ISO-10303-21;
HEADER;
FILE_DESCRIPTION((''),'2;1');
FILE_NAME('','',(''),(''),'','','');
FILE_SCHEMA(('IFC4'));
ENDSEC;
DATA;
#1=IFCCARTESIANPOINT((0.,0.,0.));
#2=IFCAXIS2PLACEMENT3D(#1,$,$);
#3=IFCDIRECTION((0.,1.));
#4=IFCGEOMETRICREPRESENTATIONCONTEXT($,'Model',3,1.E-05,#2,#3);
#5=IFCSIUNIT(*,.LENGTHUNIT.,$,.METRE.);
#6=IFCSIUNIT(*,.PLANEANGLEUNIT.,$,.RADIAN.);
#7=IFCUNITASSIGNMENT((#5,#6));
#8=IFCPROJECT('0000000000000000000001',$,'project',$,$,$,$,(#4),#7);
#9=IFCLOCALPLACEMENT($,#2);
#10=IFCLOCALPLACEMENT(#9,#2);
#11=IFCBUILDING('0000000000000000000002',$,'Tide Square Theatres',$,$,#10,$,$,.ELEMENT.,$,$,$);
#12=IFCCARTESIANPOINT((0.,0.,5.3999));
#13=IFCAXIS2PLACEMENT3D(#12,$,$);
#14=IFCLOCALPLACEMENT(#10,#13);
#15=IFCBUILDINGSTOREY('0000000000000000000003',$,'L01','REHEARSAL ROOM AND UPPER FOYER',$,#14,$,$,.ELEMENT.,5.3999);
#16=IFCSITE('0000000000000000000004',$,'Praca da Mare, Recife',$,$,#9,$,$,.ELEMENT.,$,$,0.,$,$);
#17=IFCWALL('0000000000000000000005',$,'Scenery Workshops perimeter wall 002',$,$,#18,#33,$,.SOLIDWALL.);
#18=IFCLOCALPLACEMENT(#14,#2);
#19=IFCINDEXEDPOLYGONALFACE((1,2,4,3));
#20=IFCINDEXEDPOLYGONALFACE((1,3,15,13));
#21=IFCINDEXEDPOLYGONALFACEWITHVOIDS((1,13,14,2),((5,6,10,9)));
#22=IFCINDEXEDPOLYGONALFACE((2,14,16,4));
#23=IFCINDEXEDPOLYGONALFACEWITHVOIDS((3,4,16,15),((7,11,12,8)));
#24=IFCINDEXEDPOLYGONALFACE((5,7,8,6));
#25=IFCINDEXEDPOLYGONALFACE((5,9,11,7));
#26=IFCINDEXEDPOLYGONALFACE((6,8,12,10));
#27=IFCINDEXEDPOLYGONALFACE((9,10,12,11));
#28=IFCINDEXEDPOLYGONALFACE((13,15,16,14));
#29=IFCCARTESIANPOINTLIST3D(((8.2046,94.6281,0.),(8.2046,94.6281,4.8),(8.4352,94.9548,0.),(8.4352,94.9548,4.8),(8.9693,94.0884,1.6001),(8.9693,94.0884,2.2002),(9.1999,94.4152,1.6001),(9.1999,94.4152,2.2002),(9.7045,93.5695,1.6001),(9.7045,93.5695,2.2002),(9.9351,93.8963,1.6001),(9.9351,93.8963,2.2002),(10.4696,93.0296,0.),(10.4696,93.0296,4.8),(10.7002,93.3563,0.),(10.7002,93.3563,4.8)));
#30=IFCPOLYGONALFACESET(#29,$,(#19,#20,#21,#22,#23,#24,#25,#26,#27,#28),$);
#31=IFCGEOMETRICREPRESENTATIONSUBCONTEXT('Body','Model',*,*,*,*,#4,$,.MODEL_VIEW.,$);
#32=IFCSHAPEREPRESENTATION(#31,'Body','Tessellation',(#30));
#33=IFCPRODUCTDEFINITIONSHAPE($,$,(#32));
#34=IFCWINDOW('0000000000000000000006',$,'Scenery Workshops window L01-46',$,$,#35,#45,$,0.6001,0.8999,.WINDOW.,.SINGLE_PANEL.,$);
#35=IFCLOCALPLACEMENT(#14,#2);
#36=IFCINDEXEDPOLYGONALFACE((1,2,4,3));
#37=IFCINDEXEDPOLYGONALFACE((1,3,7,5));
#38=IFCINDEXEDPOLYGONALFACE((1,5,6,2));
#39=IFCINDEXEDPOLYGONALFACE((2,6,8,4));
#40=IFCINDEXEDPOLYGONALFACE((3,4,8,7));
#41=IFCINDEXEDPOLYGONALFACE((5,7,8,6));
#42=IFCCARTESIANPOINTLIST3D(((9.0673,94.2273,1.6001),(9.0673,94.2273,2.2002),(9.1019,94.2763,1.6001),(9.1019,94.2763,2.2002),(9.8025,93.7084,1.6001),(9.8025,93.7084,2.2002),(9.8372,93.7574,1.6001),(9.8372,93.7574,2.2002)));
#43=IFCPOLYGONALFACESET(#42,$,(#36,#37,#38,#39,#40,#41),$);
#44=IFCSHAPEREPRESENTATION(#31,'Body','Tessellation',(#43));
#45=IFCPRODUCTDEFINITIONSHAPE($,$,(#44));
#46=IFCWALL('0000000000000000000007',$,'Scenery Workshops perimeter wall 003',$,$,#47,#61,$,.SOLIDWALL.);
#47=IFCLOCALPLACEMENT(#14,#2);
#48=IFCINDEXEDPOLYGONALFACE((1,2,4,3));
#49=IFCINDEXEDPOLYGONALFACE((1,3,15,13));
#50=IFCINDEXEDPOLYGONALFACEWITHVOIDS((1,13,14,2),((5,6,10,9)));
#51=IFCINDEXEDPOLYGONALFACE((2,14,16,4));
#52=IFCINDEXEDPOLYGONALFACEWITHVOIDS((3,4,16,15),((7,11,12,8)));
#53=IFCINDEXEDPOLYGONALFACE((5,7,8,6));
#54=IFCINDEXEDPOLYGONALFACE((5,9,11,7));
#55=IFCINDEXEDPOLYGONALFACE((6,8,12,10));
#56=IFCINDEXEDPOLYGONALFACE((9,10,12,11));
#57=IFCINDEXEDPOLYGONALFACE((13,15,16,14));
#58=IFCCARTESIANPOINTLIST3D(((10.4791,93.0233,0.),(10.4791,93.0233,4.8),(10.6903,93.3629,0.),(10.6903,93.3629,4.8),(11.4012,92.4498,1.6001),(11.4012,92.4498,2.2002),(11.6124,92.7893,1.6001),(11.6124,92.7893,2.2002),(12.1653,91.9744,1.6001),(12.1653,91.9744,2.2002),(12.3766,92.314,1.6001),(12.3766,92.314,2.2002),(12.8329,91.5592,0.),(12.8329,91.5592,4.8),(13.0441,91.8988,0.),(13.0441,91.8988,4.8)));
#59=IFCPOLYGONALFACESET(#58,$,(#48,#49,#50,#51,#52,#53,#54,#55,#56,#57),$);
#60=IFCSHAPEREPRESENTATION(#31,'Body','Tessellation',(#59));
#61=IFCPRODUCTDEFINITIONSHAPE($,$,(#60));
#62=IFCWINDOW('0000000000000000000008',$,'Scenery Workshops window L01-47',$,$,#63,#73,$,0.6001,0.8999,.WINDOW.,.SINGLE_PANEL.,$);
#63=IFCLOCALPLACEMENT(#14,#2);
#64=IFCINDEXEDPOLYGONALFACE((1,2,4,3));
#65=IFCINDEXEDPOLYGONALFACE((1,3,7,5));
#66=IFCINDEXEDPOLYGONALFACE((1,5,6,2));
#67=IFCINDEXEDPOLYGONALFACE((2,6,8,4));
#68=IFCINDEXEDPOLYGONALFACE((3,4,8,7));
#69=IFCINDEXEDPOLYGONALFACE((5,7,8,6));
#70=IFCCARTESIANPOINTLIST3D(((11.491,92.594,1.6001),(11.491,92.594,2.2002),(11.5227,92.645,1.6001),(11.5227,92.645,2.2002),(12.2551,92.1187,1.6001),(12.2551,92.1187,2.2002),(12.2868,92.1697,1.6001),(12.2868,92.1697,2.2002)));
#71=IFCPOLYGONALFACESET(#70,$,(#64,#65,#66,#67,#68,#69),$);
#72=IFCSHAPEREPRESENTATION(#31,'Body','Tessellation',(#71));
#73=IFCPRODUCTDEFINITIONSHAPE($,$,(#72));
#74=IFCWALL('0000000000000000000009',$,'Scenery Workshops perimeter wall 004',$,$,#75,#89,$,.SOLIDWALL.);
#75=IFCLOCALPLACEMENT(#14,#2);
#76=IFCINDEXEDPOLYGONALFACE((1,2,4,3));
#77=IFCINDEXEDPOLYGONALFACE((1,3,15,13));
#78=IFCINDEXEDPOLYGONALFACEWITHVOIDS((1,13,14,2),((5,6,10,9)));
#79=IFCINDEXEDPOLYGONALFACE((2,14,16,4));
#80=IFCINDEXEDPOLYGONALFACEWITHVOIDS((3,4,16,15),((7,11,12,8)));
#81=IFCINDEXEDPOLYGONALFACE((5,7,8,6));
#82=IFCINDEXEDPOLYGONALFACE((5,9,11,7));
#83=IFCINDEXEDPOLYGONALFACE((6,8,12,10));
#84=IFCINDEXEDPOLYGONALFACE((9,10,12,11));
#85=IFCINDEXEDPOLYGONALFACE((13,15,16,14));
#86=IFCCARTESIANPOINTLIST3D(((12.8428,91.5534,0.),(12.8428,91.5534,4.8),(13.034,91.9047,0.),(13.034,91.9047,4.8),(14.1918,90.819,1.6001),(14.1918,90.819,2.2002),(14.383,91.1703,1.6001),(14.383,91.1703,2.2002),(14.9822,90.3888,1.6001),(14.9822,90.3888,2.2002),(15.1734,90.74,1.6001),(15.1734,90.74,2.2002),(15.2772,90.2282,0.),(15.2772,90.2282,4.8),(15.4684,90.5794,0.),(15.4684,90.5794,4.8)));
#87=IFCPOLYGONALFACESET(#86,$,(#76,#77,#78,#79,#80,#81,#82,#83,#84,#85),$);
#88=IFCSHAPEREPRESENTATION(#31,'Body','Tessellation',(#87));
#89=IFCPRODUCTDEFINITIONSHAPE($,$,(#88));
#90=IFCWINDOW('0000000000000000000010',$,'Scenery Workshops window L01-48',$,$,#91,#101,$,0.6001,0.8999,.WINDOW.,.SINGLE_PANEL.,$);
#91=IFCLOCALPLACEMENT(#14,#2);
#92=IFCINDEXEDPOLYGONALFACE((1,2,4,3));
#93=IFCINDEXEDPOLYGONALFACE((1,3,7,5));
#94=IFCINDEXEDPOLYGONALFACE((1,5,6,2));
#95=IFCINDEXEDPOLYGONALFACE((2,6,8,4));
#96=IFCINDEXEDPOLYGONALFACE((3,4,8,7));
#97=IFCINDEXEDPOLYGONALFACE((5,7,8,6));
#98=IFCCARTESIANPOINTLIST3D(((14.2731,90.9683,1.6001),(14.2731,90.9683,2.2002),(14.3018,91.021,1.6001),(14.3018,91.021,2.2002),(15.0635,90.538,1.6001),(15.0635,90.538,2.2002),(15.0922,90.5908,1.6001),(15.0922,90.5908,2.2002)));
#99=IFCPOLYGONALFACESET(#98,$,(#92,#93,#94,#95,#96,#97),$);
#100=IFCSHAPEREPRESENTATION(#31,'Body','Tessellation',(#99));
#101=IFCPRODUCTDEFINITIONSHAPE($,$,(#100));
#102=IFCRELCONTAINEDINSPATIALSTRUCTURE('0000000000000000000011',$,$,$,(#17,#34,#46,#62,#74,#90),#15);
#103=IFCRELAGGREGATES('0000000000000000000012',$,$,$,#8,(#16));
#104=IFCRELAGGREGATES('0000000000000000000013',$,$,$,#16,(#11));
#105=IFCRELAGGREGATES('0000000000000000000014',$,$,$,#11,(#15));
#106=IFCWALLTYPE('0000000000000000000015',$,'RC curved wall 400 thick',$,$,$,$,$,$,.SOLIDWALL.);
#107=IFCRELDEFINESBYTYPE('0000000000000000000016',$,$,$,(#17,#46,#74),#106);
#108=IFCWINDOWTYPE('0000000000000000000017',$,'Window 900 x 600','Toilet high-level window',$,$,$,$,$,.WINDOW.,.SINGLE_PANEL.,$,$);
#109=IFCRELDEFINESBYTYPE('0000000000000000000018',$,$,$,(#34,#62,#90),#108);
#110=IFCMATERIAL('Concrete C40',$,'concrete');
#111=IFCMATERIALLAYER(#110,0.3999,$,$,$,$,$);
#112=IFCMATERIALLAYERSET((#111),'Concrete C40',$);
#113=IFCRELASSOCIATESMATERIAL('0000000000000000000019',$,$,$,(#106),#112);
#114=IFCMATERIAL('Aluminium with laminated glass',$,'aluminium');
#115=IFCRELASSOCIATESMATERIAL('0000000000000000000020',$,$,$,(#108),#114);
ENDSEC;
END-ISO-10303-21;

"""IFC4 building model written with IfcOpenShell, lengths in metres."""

from ifc_helpers import new_model, si_unit, direction, frame, frame_2d, origin, place, context, subcontext, project, spatial, rectangle, extrude, material, layer, layer_set, type_object, element, fill, save


model = new_model("IFC4")

# Units and contexts
model_context = context("Model", 3, precision=1e-05, world=origin(), true_north=direction((0.0, 1.0)))
body_context = subcontext(model_context, "Body", "Model", "MODEL_VIEW")
ifc_project = project(units=[si_unit("LENGTHUNIT", "METRE"), si_unit("PLANEANGLEUNIT", "RADIAN")], contexts=[model_context])

# Site, building, storey
site_placement = place(None, origin())
site = spatial("IfcSite", under=ifc_project, at=site_placement, Name="Praca da Mare, Recife", CompositionType="ELEMENT", RefElevation=0.0)
building_placement = place(site_placement, origin())
building = spatial("IfcBuilding", under=site, at=building_placement, Name="Tide Square Theatres", CompositionType="ELEMENT")
storey_placement = place(building_placement, frame((0.0, 0.0, 5.3999)))
storey = spatial("IfcBuildingStorey", under=building, at=storey_placement, Name="L01", Description="REHEARSAL ROOM AND UPPER FOYER", CompositionType="ELEMENT", Elevation=5.3999)

# Walls, openings, windows
ifc_material_1 = material(Name="Concrete C40", Category="concrete")
ifc_layer_1 = layer(ifc_material_1, 0.3999)
ifc_layer_set_1 = layer_set([ifc_layer_1], Name="Concrete C40")
wall_type_1 = type_object("IfcWallType", Name="RC curved wall 400 thick", PredefinedType="SOLIDWALL", material=ifc_layer_set_1)
wall_1_placement = place(storey_placement, frame((8.3198, 94.7915, 0.0), z_axis=(0.0, 0.0, 1.0), x_axis=(0.817029, -0.576597, 0.0)))
wall_1 = element("IfcWall", 1, at=wall_1_placement, inside=storey, type_object=wall_type_1, Name="Scenery Workshops perimeter wall 002", PredefinedType="SOLIDWALL", context=body_context, shape_type="SweptSolid", body=[
    extrude(rectangle(XDim=2.7722, YDim=0.3999, at=frame_2d((1.3862, 0.0))), origin(), (0.0, 0.0, 1.0), 4.8),
])
opening_1_placement = place(wall_1_placement, frame((0.936, 0.0, 1.6001)))
opening_1 = element("IfcOpeningElement", 2, at=opening_1_placement, cuts=wall_1, PredefinedType="OPENING", context=body_context, shape_type="SweptSolid", body=[
    extrude(rectangle(XDim=0.8999, YDim=0.6001, at=frame_2d((0.45, 0.3))), frame((0.0, 0.21, 0.0), z_axis=(0.0, -1.0, 0.0), x_axis=(1.0, 0.0, 0.0)), (0.0, 0.0, 1.0), 0.4199),
])
ifc_material_2 = material(Name="Aluminium with laminated glass", Category="aluminium")
window_type_1 = type_object("IfcWindowType", Name="Window 900 x 600", Description="Toilet high-level window", PartitioningType="SINGLE_PANEL", PredefinedType="WINDOW", material=ifc_material_2)
window_1_placement = place(opening_1_placement, origin())
window_1 = element("IfcWindow", 3, at=window_1_placement, inside=storey, type_object=window_type_1, Name="Scenery Workshops window L01-46", OverallHeight=0.6001, OverallWidth=0.8999, PartitioningType="SINGLE_PANEL", PredefinedType="WINDOW", context=body_context, shape_type="SweptSolid", body=[
    extrude(rectangle(XDim=0.8999, YDim=0.6001, at=frame_2d((0.45, 0.3))), frame((0.0, 0.03, 0.0), z_axis=(0.0, -1.0, 0.0), x_axis=(1.0, 0.0, 0.0)), (0.0, 0.0, 1.0), 0.0601),
])
fill(opening_1, window_1)
wall_2_placement = place(storey_placement, frame((10.5847, 93.1931, 0.0), z_axis=(0.0, 0.0, 1.0), x_axis=(0.849129, -0.528185, 0.0)))
wall_2 = element("IfcWall", 4, at=wall_2_placement, inside=storey, type_object=wall_type_1, Name="Scenery Workshops perimeter wall 003", PredefinedType="SOLIDWALL", context=body_context, shape_type="SweptSolid", body=[
    extrude(rectangle(XDim=2.772, YDim=0.3999, at=frame_2d((1.386, 0.0))), origin(), (0.0, 0.0, 1.0), 4.8),
])
opening_2_placement = place(wall_2_placement, frame((1.0859, 0.0, 1.6001)))
opening_2 = element("IfcOpeningElement", 5, at=opening_2_placement, cuts=wall_2, PredefinedType="OPENING", context=body_context, shape_type="SweptSolid", body=[
    extrude(rectangle(XDim=0.8999, YDim=0.6001, at=frame_2d((0.45, 0.3))), frame((0.0, 0.21, 0.0), z_axis=(0.0, -1.0, 0.0), x_axis=(1.0, 0.0, 0.0)), (0.0, 0.0, 1.0), 0.4199),
])
window_2_placement = place(opening_2_placement, origin())
window_2 = element("IfcWindow", 6, at=window_2_placement, inside=storey, type_object=window_type_1, Name="Scenery Workshops window L01-47", OverallHeight=0.6001, OverallWidth=0.8999, PartitioningType="SINGLE_PANEL", PredefinedType="WINDOW", context=body_context, shape_type="SweptSolid", body=[
    extrude(rectangle(XDim=0.8999, YDim=0.6001, at=frame_2d((0.45, 0.3))), frame((0.0, 0.03, 0.0), z_axis=(0.0, -1.0, 0.0), x_axis=(1.0, 0.0, 0.0)), (0.0, 0.0, 1.0), 0.0601),
])
fill(opening_2, window_2)
wall_3_placement = place(storey_placement, frame((12.9385, 91.729, 0.0), z_axis=(0.0, 0.0, 1.0), x_axis=(0.878292, -0.478124, 0.0)))
wall_3 = element("IfcWall", 7, at=wall_3_placement, inside=storey, type_object=wall_type_1, Name="Scenery Workshops perimeter wall 004", PredefinedType="SOLIDWALL", context=body_context, shape_type="SweptSolid", body=[
    extrude(rectangle(XDim=2.7717, YDim=0.3999, at=frame_2d((1.3857, 0.0))), origin(), (0.0, 0.0, 1.0), 4.8),
])
opening_3_placement = place(wall_3_placement, frame((1.5359, 0.0, 1.6001)))
opening_3 = element("IfcOpeningElement", 8, at=opening_3_placement, cuts=wall_3, PredefinedType="OPENING", context=body_context, shape_type="SweptSolid", body=[
    extrude(rectangle(XDim=0.8999, YDim=0.6001, at=frame_2d((0.45, 0.3))), frame((0.0, 0.21, 0.0), z_axis=(0.0, -1.0, 0.0), x_axis=(1.0, 0.0, 0.0)), (0.0, 0.0, 1.0), 0.4199),
])
window_3_placement = place(opening_3_placement, origin())
window_3 = element("IfcWindow", 9, at=window_3_placement, inside=storey, type_object=window_type_1, Name="Scenery Workshops window L01-48", OverallHeight=0.6001, OverallWidth=0.8999, PartitioningType="SINGLE_PANEL", PredefinedType="WINDOW", context=body_context, shape_type="SweptSolid", body=[
    extrude(rectangle(XDim=0.8999, YDim=0.6001, at=frame_2d((0.45, 0.3))), frame((0.0, 0.03, 0.0), z_axis=(0.0, -1.0, 0.0), x_axis=(1.0, 0.0, 0.0)), (0.0, 0.0, 1.0), 0.0601),
])
fill(opening_3, window_3)

save(model, "model.ifc")
